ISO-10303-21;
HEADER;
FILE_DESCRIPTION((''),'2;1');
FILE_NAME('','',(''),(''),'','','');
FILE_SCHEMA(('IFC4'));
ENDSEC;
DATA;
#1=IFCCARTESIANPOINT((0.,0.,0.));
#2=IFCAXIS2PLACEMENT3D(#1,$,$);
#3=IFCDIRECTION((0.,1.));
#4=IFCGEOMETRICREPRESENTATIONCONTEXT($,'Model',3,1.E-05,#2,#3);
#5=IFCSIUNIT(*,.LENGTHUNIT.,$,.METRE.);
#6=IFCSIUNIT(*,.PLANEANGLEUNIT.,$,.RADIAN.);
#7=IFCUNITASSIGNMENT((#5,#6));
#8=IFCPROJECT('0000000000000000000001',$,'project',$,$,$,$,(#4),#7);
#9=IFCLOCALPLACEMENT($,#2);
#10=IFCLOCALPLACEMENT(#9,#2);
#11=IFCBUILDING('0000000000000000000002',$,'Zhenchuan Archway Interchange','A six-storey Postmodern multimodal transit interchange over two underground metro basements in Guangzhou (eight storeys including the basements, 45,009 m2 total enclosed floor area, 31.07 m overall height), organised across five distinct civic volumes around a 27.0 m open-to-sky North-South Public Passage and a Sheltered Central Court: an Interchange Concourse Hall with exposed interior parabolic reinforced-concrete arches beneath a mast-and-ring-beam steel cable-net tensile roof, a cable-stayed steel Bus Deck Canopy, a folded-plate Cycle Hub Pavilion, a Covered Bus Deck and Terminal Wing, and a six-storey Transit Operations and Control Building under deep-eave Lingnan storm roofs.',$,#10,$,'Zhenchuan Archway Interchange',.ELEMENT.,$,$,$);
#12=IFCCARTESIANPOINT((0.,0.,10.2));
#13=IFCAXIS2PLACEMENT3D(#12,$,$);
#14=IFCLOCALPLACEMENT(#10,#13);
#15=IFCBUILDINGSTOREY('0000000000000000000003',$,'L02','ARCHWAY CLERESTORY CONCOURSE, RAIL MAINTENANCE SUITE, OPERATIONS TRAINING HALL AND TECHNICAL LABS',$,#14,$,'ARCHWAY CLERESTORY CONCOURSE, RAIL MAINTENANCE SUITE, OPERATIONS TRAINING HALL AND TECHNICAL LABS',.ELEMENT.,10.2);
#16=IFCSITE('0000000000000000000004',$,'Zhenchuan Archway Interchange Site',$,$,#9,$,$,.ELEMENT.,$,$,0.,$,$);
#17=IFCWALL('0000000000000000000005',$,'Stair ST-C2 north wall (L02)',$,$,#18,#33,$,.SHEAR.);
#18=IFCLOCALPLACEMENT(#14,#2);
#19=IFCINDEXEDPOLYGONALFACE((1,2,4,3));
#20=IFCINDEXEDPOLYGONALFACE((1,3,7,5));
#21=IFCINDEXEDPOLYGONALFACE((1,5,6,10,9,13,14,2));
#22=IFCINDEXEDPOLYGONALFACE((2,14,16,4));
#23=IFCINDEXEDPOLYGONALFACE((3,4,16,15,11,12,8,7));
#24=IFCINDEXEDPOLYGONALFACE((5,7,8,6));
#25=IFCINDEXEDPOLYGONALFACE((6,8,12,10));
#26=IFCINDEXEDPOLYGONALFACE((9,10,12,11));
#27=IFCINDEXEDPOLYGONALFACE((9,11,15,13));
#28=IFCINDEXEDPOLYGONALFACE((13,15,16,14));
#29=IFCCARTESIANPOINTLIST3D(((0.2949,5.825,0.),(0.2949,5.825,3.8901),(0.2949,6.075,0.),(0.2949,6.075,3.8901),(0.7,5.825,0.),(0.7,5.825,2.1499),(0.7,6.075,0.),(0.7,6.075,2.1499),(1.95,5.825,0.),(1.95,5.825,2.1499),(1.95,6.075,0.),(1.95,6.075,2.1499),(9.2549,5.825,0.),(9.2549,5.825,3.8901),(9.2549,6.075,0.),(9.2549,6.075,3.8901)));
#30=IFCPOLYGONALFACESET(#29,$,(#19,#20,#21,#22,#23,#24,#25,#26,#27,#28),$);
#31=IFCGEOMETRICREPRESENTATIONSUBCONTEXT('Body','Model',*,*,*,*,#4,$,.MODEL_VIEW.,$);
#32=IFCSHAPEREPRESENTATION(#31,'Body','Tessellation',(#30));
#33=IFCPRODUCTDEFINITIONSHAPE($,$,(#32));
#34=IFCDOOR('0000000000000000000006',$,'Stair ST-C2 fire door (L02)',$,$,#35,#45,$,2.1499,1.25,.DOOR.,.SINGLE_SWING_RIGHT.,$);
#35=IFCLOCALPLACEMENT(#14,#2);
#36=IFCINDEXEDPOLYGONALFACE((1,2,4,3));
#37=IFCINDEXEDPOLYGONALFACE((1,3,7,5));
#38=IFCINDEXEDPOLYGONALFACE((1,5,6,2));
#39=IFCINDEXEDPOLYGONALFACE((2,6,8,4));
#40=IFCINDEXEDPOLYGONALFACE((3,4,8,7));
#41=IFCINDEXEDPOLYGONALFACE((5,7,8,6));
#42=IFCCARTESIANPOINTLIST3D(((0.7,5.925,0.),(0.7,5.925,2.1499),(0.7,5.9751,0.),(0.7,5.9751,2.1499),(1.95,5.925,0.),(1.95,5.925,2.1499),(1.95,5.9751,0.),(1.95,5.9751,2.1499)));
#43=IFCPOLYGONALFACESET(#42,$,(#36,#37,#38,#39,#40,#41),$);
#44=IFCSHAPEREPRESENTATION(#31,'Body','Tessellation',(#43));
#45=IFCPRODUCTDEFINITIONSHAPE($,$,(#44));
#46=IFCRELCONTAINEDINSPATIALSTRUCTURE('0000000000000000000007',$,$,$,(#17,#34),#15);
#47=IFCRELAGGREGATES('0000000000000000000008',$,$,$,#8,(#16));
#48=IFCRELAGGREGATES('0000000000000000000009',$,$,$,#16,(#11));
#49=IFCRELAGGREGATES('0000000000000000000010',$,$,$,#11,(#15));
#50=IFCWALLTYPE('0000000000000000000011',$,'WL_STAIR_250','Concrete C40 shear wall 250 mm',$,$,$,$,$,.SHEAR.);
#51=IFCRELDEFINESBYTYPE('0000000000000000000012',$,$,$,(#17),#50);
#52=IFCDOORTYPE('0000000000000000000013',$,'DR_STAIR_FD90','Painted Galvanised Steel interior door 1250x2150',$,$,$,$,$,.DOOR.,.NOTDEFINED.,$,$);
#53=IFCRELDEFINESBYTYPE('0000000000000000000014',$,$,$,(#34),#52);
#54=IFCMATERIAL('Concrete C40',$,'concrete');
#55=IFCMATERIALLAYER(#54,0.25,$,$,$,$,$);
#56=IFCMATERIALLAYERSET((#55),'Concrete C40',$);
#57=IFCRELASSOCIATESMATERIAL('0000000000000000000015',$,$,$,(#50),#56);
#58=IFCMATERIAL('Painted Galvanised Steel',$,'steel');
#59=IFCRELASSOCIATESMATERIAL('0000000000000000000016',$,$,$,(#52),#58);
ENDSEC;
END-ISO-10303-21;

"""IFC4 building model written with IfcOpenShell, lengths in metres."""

from ifc_helpers import new_model, si_unit, direction, frame, frame_2d, origin, place, context, subcontext, project, spatial, rectangle, extrude, material, layer, layer_set, type_object, element, fill, save


model = new_model("IFC4")

# Units and contexts
model_context = context("Model", 3, precision=1e-05, world=origin(), true_north=direction((0.0, 1.0)))
body_context = subcontext(model_context, "Body", "Model", "MODEL_VIEW")
ifc_project = project(units=[si_unit("LENGTHUNIT", "METRE"), si_unit("PLANEANGLEUNIT", "RADIAN")], contexts=[model_context])

# Site, building, storey
site_placement = place(None, origin())
site = spatial("IfcSite", under=ifc_project, at=site_placement, Name="Zhenchuan Archway Interchange Site", CompositionType="ELEMENT", RefElevation=0.0)
building_placement = place(site_placement, origin())
building = spatial("IfcBuilding", under=site, at=building_placement, Name="Zhenchuan Archway Interchange", Description="A six-storey Postmodern multimodal transit interchange over two underground metro basements in Guangzhou (eight storeys including the basements, 45,009 m2 total enclosed floor area, 31.07 m overall height), organised across five distinct civic volumes around a 27.0 m open-to-sky North-South Public Passage and a Sheltered Central Court: an Interchange Concourse Hall with exposed interior parabolic reinforced-concrete arches beneath a mast-and-ring-beam steel cable-net tensile roof, a cable-stayed steel Bus Deck Canopy, a folded-plate Cycle Hub Pavilion, a Covered Bus Deck and Terminal Wing, and a six-storey Transit Operations and Control Building under deep-eave Lingnan storm roofs.", LongName="Zhenchuan Archway Interchange", CompositionType="ELEMENT")
storey_placement = place(building_placement, frame((0.0, 0.0, 10.2)))
storey = spatial("IfcBuildingStorey", under=building, at=storey_placement, Name="L02", Description="ARCHWAY CLERESTORY CONCOURSE, RAIL MAINTENANCE SUITE, OPERATIONS TRAINING HALL AND TECHNICAL LABS", LongName="ARCHWAY CLERESTORY CONCOURSE, RAIL MAINTENANCE SUITE, OPERATIONS TRAINING HALL AND TECHNICAL LABS", CompositionType="ELEMENT", Elevation=10.2)

# Shared definitions
ifc_material_1 = material(Name="Concrete C40", Category="concrete")

# Shared definitions
ifc_layer_1 = layer(ifc_material_1, 0.25)
ifc_layer_set_1 = layer_set([ifc_layer_1], Name="Concrete C40")
wall_type = type_object("IfcWallType", Name="WL_STAIR_250", Description="Concrete C40 shear wall 250 mm", PredefinedType="SHEAR", material=ifc_layer_set_1)

# Wall, opening, door
wall_1_placement = place(storey_placement, frame((9.2549, 5.95, 0.0), z_axis=(0.0, 0.0, 1.0), x_axis=(-1.0, 0.0, 0.0)))
wall_1 = element("IfcWall", 1, at=wall_1_placement, inside=storey, type_object=wall_type, Name="Stair ST-C2 north wall (L02)", PredefinedType="SHEAR", context=body_context, shape_type="SweptSolid", body=[
    extrude(rectangle(XDim=8.96, YDim=0.25, at=frame_2d((4.48, 0.0))), origin(), (0.0, 0.0, 1.0), 3.8901),
])
opening_placement = place(wall_1_placement, frame((7.3049, 0.0, 0.0)))
opening = element("IfcOpeningElement", 2, at=opening_placement, cuts=wall_1, PredefinedType="OPENING", context=body_context, shape_type="SweptSolid", body=[
    extrude(rectangle(XDim=1.25, YDim=2.1499, at=frame_2d((0.625, 1.075))), frame((0.0, 0.137, 0.0), z_axis=(0.0, -1.0, 0.0), x_axis=(1.0, 0.0, 0.0)), (0.0, 0.0, 1.0), 0.2739),
])
ifc_material_2 = material(Name="Painted Galvanised Steel", Category="steel")
door_type = type_object("IfcDoorType", Name="DR_STAIR_FD90", Description="Painted Galvanised Steel interior door 1250x2150", OperationType="NOTDEFINED", PredefinedType="DOOR", material=ifc_material_2)
door_placement = place(opening_placement, origin())
door = element("IfcDoor", 3, at=door_placement, inside=storey, type_object=door_type, Name="Stair ST-C2 fire door (L02)", OperationType="SINGLE_SWING_RIGHT", OverallHeight=2.1499, OverallWidth=1.25, PredefinedType="DOOR", context=body_context, shape_type="SweptSolid", body=[
    extrude(rectangle(XDim=1.25, YDim=2.1499, at=frame_2d((0.625, 1.075))), frame((0.0, 0.0249, 0.0), z_axis=(0.0, -1.0, 0.0), x_axis=(1.0, 0.0, 0.0)), (0.0, 0.0, 1.0), 0.05),
])
fill(opening, door)

save(model, "model.ifc")
